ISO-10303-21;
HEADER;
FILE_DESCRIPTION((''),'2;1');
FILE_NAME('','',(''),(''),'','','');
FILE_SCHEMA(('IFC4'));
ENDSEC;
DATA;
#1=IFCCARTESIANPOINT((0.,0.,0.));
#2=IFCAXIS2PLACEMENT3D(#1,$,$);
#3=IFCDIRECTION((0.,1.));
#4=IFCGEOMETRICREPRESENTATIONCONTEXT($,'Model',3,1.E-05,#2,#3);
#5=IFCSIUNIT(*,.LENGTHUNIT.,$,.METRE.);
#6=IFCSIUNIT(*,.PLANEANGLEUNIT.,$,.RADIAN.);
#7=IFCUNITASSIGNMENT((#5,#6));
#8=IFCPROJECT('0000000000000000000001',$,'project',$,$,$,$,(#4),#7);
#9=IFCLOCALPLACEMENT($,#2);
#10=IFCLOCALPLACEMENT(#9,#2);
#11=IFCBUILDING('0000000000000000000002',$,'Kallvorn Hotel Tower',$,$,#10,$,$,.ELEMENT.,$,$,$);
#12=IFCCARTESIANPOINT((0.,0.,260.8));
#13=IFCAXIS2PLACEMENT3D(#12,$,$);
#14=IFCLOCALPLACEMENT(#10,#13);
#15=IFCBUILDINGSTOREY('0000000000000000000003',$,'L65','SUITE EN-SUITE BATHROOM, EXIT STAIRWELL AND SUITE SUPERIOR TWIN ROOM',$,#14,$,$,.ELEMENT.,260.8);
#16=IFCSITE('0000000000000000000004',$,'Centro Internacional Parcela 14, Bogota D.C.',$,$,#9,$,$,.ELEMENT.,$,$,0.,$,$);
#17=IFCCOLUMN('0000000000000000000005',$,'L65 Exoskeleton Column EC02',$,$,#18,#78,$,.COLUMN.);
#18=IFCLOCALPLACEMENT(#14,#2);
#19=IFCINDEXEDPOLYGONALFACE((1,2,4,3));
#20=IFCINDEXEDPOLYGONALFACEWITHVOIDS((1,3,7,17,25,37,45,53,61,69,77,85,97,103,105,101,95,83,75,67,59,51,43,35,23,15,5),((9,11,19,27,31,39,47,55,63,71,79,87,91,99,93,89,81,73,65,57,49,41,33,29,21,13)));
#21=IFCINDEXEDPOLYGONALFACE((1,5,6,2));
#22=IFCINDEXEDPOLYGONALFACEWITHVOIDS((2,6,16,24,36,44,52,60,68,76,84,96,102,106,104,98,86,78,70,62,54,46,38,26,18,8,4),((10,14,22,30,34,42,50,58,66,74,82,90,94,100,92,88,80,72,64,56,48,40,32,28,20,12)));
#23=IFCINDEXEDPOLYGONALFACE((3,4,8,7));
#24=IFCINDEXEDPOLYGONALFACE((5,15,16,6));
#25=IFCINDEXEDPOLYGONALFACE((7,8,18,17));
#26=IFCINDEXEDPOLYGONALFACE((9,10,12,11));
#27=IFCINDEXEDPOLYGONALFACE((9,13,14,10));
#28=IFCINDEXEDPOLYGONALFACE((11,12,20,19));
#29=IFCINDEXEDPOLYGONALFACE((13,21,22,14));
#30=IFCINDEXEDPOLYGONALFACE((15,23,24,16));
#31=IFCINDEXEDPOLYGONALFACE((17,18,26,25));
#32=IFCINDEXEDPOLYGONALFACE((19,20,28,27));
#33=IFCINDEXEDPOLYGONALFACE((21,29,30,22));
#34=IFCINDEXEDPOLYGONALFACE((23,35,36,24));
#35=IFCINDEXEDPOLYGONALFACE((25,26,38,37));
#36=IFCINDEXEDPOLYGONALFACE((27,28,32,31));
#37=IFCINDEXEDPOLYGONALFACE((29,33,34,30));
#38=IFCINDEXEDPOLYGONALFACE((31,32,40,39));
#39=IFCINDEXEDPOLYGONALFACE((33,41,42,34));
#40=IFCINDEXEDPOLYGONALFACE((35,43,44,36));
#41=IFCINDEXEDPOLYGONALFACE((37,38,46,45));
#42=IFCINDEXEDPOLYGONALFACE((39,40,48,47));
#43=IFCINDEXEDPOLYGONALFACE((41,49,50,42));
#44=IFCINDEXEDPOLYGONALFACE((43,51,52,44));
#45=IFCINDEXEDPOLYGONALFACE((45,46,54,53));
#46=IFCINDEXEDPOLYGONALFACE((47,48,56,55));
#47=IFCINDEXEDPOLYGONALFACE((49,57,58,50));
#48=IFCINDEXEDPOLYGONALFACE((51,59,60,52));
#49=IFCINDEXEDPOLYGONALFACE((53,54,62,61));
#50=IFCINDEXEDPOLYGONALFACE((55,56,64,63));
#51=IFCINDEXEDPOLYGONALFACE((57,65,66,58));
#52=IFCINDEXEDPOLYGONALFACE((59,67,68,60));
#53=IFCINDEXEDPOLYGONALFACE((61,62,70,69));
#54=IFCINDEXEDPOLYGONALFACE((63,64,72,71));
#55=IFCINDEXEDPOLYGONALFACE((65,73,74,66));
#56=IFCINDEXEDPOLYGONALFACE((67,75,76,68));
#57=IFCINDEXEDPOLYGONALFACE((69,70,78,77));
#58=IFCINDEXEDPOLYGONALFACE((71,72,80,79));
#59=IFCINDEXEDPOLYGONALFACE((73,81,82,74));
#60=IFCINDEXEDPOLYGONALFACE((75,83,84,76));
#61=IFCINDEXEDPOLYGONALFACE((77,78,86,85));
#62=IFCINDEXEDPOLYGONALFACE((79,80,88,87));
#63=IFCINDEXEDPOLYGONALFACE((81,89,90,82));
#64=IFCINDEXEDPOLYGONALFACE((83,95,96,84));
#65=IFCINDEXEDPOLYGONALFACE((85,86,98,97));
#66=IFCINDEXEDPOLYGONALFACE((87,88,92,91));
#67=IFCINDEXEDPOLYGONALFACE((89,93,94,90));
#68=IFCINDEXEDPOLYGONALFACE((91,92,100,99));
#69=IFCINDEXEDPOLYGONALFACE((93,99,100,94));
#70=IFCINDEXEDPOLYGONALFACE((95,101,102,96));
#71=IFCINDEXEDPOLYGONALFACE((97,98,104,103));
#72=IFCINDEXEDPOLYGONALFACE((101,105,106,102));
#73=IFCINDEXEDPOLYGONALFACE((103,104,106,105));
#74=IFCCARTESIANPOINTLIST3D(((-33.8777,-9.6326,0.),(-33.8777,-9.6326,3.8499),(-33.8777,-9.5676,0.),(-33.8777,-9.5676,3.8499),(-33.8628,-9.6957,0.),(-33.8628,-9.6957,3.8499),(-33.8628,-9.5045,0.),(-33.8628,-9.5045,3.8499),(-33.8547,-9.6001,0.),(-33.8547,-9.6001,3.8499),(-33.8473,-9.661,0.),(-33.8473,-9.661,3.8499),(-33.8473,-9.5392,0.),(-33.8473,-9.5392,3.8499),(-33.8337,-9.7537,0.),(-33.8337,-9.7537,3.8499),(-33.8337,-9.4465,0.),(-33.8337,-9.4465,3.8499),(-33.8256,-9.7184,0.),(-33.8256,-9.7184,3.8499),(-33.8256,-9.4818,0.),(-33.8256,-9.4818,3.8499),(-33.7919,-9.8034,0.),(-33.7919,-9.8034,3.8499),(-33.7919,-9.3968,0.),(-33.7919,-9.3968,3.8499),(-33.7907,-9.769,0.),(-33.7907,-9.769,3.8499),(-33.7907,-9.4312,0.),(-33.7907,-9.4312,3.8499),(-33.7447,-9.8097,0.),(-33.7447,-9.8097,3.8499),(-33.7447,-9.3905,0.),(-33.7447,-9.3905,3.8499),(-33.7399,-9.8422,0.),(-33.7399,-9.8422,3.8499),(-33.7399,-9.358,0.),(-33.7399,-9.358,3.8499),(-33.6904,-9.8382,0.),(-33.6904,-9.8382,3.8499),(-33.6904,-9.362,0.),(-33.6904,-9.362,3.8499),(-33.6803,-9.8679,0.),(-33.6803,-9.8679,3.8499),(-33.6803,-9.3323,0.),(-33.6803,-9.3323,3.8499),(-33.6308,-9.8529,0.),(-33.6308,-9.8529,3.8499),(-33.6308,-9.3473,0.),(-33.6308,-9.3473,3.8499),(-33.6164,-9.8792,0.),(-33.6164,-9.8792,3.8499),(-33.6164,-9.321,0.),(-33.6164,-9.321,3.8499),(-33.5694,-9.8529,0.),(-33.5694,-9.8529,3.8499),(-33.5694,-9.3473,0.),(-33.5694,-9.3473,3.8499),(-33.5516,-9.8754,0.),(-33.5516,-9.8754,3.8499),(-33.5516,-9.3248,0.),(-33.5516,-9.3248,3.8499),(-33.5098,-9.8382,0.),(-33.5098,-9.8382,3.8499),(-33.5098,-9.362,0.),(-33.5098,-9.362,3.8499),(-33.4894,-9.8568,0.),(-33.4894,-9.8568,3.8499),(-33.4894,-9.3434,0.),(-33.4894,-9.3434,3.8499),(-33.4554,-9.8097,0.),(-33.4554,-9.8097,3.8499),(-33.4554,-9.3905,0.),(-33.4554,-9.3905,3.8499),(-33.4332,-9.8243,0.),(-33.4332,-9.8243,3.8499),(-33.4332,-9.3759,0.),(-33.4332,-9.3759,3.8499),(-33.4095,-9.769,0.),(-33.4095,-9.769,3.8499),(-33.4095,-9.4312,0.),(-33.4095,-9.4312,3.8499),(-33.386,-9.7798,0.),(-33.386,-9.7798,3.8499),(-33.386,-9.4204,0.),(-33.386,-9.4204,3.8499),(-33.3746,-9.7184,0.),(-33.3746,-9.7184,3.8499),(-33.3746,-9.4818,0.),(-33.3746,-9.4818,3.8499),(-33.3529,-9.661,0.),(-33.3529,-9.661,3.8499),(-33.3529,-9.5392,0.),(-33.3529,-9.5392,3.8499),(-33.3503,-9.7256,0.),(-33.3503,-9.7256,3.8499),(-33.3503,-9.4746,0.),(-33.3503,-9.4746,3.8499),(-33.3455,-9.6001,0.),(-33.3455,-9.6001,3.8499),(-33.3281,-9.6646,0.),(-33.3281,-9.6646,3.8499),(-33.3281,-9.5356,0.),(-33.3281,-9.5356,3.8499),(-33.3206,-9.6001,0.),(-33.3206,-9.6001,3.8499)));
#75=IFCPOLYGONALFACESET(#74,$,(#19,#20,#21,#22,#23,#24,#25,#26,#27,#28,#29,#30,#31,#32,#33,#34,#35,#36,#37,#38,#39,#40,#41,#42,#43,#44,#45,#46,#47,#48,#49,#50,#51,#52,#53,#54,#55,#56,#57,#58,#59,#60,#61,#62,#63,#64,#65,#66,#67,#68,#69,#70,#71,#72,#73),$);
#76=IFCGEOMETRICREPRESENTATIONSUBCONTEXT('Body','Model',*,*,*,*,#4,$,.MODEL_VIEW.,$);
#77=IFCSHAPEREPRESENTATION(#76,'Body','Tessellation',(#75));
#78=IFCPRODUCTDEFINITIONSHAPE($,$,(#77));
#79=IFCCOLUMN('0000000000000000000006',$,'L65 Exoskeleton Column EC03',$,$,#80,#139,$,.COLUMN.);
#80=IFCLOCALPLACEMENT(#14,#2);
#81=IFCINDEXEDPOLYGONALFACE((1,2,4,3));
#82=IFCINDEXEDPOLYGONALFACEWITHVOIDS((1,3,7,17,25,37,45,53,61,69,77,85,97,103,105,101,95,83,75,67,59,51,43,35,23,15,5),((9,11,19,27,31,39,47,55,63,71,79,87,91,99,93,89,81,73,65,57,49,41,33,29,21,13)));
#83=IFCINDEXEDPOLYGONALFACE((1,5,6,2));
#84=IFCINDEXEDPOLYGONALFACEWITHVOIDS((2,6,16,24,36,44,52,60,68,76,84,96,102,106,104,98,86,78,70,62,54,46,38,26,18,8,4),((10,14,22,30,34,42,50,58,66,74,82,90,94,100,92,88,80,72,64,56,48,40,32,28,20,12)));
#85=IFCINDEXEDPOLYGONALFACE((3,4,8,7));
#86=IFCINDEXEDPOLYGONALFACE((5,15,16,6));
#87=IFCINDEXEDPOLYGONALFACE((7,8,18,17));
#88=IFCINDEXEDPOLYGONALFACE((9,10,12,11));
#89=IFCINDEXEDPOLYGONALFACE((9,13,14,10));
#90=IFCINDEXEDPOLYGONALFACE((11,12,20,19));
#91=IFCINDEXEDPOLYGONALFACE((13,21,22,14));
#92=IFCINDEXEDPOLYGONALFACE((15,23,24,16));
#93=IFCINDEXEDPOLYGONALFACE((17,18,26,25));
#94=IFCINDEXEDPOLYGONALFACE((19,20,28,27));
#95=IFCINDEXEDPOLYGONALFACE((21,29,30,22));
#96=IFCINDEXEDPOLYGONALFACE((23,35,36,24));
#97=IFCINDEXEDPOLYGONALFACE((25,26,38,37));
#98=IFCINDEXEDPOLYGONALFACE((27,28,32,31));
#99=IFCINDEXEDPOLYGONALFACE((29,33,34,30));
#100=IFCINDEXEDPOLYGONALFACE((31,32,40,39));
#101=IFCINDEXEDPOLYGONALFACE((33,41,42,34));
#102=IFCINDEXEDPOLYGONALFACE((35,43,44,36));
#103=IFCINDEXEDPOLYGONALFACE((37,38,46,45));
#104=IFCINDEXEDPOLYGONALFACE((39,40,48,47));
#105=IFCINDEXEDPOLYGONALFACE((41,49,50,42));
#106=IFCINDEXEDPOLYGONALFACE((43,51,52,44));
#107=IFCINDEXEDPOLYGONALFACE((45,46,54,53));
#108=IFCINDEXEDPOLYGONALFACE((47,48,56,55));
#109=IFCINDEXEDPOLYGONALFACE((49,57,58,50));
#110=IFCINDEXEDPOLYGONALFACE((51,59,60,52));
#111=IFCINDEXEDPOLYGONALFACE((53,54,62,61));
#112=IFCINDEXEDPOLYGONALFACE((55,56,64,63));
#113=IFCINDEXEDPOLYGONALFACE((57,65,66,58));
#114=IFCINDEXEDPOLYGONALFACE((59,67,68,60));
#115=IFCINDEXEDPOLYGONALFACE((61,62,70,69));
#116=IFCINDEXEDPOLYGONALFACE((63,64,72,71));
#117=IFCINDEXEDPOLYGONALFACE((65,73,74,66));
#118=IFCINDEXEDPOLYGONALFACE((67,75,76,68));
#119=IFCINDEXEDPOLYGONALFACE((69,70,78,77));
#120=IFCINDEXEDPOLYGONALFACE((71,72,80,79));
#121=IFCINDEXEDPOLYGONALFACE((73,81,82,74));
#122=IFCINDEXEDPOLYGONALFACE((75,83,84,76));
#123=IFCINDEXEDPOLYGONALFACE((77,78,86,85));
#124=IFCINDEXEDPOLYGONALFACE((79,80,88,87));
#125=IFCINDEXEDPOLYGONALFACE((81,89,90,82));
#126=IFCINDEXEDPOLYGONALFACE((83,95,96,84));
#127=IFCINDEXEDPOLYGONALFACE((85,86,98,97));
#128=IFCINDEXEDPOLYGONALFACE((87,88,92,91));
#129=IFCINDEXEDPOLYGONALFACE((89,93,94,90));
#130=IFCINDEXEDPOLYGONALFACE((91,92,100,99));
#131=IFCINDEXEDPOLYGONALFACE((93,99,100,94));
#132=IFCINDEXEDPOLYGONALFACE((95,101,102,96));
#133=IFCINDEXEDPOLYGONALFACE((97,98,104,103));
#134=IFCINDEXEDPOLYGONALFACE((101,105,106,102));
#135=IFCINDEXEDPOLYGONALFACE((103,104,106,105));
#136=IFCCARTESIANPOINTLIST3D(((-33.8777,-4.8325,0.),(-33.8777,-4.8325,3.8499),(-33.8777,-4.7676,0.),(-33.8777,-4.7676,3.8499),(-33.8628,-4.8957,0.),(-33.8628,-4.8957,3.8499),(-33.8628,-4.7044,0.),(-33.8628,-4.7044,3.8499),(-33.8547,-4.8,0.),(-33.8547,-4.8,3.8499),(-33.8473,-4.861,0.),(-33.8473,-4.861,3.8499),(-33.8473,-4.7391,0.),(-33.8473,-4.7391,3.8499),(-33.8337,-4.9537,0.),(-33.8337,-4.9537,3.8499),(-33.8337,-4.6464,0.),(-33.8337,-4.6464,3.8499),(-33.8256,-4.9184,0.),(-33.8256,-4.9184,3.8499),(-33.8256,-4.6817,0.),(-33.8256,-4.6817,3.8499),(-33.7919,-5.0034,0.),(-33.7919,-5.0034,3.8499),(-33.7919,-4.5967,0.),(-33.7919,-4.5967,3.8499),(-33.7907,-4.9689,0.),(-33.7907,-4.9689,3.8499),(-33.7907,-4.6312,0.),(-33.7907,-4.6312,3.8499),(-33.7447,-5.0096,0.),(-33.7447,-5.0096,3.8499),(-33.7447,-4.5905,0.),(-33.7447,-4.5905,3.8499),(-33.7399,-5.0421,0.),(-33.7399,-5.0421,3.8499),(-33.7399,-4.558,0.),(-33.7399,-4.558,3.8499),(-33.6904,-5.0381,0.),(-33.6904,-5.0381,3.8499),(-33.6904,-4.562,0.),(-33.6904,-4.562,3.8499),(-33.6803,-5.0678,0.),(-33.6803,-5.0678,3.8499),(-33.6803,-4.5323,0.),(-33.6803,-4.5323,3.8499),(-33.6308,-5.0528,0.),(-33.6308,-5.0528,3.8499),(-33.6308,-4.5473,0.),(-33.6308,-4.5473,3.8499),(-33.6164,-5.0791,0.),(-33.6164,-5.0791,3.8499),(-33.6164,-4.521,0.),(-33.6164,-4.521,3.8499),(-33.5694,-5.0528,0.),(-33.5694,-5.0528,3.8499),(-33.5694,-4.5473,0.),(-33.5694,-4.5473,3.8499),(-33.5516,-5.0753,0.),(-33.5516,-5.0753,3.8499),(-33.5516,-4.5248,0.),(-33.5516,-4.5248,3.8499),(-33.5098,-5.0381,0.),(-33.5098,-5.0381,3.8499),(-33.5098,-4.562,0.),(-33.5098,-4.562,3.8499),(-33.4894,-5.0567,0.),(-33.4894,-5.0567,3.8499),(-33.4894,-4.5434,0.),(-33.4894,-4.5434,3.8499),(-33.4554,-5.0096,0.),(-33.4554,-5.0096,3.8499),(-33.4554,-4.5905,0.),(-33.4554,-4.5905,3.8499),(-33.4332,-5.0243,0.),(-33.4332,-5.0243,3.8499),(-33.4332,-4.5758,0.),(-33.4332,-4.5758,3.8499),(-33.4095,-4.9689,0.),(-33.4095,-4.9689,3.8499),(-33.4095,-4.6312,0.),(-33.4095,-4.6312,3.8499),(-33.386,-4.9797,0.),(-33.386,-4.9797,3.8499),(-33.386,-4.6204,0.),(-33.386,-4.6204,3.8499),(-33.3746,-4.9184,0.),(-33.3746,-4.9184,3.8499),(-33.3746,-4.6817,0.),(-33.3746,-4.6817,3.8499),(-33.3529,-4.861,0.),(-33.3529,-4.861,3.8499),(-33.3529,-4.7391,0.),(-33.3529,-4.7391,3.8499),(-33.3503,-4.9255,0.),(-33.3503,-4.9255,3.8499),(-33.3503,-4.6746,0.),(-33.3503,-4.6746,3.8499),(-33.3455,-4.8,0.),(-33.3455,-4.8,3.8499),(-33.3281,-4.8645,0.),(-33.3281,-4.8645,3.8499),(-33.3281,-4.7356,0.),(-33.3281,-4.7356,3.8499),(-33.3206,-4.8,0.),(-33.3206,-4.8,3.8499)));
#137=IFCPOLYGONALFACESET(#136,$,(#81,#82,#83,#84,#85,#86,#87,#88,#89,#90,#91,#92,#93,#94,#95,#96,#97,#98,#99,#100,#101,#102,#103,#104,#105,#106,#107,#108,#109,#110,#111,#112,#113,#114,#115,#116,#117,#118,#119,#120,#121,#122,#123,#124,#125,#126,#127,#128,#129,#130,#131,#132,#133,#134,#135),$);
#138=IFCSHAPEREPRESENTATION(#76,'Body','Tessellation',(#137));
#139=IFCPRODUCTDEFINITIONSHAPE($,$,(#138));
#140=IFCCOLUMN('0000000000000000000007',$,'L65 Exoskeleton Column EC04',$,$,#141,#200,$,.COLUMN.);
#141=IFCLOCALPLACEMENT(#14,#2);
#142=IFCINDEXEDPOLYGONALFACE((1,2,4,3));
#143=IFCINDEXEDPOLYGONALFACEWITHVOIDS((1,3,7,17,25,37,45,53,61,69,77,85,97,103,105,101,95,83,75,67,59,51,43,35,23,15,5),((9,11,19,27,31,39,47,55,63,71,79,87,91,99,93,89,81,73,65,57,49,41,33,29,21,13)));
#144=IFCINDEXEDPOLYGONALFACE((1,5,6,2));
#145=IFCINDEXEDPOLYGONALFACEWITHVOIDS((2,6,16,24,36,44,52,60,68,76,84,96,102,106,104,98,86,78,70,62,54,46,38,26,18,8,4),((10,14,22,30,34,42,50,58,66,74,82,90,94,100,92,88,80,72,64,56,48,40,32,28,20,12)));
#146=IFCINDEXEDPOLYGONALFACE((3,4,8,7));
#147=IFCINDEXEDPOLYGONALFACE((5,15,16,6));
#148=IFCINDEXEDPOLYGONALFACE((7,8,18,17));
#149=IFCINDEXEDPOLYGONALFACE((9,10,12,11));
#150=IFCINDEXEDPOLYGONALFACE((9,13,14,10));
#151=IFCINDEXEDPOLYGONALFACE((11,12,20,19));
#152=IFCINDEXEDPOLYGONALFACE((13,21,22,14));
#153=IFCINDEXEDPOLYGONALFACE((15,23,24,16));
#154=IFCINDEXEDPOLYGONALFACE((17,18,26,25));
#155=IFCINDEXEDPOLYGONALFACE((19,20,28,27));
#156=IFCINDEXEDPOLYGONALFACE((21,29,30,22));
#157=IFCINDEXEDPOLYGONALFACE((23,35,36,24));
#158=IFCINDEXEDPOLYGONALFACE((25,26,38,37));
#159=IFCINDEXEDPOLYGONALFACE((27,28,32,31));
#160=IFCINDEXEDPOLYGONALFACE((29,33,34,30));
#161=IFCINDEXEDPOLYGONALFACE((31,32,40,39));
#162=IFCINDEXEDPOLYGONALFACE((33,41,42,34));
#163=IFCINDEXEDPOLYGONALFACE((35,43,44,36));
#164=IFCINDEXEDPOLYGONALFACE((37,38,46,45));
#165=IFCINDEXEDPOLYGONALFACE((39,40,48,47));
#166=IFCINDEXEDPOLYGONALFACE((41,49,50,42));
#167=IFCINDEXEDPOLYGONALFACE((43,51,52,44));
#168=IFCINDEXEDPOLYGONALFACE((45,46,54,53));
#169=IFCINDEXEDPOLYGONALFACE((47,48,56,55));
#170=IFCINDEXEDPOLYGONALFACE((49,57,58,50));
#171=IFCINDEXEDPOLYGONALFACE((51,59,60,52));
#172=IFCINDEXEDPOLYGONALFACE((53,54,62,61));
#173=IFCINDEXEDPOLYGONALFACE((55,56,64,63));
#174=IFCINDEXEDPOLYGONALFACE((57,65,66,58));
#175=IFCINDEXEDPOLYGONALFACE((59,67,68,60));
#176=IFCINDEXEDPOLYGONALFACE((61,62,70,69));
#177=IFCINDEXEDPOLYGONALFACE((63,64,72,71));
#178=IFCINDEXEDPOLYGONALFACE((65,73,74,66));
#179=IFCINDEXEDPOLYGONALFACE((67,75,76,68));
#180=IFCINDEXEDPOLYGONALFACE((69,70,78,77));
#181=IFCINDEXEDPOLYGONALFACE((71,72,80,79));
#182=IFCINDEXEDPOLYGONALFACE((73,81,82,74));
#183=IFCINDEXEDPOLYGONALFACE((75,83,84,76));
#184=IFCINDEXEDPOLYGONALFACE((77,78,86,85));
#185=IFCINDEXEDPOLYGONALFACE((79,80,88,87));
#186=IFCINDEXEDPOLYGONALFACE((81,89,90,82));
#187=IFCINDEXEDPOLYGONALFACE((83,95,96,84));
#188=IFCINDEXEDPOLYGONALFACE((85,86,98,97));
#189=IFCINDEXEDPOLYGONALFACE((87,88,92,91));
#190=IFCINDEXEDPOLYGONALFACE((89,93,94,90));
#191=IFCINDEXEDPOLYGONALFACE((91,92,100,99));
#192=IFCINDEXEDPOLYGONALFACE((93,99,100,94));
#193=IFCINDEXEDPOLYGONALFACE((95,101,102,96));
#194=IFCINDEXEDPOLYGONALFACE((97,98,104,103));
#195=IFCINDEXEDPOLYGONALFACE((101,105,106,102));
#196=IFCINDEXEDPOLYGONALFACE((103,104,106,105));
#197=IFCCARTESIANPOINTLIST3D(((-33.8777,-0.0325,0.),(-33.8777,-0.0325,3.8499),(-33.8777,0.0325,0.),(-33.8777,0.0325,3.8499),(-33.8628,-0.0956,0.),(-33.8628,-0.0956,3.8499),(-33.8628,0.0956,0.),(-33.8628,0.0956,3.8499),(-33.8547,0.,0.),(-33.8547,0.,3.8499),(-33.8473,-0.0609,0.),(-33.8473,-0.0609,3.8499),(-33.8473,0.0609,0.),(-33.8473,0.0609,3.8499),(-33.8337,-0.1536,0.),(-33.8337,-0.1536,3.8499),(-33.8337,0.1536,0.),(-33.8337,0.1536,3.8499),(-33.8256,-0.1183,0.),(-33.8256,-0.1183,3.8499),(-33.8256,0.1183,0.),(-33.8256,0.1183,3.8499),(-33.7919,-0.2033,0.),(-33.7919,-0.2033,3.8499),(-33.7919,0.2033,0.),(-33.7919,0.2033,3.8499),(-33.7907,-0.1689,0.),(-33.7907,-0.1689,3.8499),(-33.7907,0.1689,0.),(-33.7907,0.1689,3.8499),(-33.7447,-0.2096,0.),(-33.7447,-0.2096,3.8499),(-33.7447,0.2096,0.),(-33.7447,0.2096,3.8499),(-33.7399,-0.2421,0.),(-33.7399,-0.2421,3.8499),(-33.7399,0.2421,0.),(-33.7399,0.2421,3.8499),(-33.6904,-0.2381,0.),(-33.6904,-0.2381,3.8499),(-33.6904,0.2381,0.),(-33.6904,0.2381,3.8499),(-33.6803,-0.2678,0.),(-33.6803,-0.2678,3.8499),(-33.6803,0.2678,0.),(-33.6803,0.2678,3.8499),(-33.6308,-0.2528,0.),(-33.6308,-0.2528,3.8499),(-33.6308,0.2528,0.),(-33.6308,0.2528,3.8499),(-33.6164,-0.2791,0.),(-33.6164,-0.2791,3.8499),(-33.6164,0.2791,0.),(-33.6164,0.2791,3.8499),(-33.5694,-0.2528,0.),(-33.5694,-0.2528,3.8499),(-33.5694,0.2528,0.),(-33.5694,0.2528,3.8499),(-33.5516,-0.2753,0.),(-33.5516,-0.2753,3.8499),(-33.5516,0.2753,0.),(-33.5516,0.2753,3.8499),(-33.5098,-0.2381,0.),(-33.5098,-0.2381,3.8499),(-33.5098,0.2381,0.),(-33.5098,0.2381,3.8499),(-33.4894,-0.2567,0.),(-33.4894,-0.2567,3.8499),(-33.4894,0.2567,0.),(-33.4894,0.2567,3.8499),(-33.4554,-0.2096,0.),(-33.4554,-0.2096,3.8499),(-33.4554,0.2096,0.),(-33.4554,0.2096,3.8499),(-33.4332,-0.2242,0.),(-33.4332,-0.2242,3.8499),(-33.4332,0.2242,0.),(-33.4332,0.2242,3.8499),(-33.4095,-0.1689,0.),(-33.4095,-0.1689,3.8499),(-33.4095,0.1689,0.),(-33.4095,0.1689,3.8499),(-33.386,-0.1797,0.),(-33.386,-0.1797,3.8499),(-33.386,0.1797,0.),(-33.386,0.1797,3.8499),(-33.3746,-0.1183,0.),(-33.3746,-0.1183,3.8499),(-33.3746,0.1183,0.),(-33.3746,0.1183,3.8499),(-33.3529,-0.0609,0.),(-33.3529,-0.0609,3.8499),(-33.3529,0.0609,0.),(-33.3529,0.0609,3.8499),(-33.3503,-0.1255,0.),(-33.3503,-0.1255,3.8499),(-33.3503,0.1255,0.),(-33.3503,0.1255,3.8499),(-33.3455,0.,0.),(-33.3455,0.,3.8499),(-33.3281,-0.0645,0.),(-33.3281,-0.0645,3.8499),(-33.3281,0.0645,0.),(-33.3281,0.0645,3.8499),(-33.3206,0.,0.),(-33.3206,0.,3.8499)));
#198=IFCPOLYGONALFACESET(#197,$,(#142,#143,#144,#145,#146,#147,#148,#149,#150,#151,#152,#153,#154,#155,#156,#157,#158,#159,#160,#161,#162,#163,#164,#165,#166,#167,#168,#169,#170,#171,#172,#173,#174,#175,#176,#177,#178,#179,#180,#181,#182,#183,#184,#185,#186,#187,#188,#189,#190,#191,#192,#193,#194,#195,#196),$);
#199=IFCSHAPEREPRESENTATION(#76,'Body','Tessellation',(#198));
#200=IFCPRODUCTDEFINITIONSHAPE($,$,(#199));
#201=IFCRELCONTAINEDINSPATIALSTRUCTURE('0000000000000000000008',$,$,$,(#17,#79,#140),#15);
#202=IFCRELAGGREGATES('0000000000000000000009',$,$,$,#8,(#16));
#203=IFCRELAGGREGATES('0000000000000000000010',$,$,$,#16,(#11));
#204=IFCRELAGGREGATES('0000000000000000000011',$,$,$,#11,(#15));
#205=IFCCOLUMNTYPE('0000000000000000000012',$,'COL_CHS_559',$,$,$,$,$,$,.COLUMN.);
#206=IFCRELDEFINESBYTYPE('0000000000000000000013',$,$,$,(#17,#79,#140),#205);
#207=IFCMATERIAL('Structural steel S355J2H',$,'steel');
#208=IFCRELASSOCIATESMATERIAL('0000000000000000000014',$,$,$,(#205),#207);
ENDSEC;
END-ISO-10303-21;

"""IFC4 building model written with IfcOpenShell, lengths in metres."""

from ifc_helpers import new_model, si_unit, direction, frame, origin, origin_2d, place, context, subcontext, project, spatial, hollow_circle, extrude, material, material_profile, profile_set, type_object, element, save


model = new_model("IFC4")

# Units and contexts
model_context = context("Model", 3, precision=1e-05, world=origin(), true_north=direction((0.0, 1.0)))
body_context = subcontext(model_context, "Body", "Model", "MODEL_VIEW")
ifc_project = project(units=[si_unit("LENGTHUNIT", "METRE"), si_unit("PLANEANGLEUNIT", "RADIAN")], contexts=[model_context])

# Site, building, storey
site_placement = place(None, origin())
site = spatial("IfcSite", under=ifc_project, at=site_placement, Name="Centro Internacional Parcela 14, Bogota D.C.", CompositionType="ELEMENT", RefElevation=0.0)
building_placement = place(site_placement, origin())
building = spatial("IfcBuilding", under=site, at=building_placement, Name="Kallvorn Hotel Tower", CompositionType="ELEMENT")
storey_placement = place(building_placement, frame((0.0, 0.0, 260.8)))
storey = spatial("IfcBuildingStorey", under=building, at=storey_placement, Name="L65", Description="SUITE EN-SUITE BATHROOM, EXIT STAIRWELL AND SUITE SUPERIOR TWIN ROOM", CompositionType="ELEMENT", Elevation=260.8)

# Columns
ifc_material_1 = material(Name="Structural steel S355J2H", Category="steel")
ifc_material_profile_1 = material_profile(ifc_material_1, hollow_circle(Radius=0.2795, WallThickness=0.0249, at=origin_2d()), Name="CHS 559x25")
ifc_profile_set_1 = profile_set([ifc_material_profile_1], Name="Structural steel S355J2H")
column_type = type_object("IfcColumnType", Name="COL_CHS_559", PredefinedType="COLUMN", material=ifc_profile_set_1)
for number, where, z_axis, x_axis, name in (
    (1, (-33.6001, -9.6001, 0.0), (0.0, 0.0, 1.0), (1.0, 0.0, 0.0), "L65 Exoskeleton Column EC02"),
    (2, (-33.6001, -4.8, 0.0), (0.0, 0.0, 1.0), (1.0, 0.0, 0.0), "L65 Exoskeleton Column EC03"),
    (3, (-33.6001, 0.0, 0.0), (0.0, 0.0, 1.0), (1.0, 0.0, 0.0), "L65 Exoskeleton Column EC04"),
):
    element("IfcColumn", number, at=place(storey_placement, frame(where, z_axis=z_axis, x_axis=x_axis)), inside=storey, type_object=column_type, Name=name, PredefinedType="COLUMN", context=body_context, shape_type="SweptSolid", body=[
        extrude(hollow_circle(Radius=0.2795, WallThickness=0.0249, at=origin_2d()), origin(), (0.0, 0.0, 1.0), 3.8499),
    ])

save(model, "model.ifc")
